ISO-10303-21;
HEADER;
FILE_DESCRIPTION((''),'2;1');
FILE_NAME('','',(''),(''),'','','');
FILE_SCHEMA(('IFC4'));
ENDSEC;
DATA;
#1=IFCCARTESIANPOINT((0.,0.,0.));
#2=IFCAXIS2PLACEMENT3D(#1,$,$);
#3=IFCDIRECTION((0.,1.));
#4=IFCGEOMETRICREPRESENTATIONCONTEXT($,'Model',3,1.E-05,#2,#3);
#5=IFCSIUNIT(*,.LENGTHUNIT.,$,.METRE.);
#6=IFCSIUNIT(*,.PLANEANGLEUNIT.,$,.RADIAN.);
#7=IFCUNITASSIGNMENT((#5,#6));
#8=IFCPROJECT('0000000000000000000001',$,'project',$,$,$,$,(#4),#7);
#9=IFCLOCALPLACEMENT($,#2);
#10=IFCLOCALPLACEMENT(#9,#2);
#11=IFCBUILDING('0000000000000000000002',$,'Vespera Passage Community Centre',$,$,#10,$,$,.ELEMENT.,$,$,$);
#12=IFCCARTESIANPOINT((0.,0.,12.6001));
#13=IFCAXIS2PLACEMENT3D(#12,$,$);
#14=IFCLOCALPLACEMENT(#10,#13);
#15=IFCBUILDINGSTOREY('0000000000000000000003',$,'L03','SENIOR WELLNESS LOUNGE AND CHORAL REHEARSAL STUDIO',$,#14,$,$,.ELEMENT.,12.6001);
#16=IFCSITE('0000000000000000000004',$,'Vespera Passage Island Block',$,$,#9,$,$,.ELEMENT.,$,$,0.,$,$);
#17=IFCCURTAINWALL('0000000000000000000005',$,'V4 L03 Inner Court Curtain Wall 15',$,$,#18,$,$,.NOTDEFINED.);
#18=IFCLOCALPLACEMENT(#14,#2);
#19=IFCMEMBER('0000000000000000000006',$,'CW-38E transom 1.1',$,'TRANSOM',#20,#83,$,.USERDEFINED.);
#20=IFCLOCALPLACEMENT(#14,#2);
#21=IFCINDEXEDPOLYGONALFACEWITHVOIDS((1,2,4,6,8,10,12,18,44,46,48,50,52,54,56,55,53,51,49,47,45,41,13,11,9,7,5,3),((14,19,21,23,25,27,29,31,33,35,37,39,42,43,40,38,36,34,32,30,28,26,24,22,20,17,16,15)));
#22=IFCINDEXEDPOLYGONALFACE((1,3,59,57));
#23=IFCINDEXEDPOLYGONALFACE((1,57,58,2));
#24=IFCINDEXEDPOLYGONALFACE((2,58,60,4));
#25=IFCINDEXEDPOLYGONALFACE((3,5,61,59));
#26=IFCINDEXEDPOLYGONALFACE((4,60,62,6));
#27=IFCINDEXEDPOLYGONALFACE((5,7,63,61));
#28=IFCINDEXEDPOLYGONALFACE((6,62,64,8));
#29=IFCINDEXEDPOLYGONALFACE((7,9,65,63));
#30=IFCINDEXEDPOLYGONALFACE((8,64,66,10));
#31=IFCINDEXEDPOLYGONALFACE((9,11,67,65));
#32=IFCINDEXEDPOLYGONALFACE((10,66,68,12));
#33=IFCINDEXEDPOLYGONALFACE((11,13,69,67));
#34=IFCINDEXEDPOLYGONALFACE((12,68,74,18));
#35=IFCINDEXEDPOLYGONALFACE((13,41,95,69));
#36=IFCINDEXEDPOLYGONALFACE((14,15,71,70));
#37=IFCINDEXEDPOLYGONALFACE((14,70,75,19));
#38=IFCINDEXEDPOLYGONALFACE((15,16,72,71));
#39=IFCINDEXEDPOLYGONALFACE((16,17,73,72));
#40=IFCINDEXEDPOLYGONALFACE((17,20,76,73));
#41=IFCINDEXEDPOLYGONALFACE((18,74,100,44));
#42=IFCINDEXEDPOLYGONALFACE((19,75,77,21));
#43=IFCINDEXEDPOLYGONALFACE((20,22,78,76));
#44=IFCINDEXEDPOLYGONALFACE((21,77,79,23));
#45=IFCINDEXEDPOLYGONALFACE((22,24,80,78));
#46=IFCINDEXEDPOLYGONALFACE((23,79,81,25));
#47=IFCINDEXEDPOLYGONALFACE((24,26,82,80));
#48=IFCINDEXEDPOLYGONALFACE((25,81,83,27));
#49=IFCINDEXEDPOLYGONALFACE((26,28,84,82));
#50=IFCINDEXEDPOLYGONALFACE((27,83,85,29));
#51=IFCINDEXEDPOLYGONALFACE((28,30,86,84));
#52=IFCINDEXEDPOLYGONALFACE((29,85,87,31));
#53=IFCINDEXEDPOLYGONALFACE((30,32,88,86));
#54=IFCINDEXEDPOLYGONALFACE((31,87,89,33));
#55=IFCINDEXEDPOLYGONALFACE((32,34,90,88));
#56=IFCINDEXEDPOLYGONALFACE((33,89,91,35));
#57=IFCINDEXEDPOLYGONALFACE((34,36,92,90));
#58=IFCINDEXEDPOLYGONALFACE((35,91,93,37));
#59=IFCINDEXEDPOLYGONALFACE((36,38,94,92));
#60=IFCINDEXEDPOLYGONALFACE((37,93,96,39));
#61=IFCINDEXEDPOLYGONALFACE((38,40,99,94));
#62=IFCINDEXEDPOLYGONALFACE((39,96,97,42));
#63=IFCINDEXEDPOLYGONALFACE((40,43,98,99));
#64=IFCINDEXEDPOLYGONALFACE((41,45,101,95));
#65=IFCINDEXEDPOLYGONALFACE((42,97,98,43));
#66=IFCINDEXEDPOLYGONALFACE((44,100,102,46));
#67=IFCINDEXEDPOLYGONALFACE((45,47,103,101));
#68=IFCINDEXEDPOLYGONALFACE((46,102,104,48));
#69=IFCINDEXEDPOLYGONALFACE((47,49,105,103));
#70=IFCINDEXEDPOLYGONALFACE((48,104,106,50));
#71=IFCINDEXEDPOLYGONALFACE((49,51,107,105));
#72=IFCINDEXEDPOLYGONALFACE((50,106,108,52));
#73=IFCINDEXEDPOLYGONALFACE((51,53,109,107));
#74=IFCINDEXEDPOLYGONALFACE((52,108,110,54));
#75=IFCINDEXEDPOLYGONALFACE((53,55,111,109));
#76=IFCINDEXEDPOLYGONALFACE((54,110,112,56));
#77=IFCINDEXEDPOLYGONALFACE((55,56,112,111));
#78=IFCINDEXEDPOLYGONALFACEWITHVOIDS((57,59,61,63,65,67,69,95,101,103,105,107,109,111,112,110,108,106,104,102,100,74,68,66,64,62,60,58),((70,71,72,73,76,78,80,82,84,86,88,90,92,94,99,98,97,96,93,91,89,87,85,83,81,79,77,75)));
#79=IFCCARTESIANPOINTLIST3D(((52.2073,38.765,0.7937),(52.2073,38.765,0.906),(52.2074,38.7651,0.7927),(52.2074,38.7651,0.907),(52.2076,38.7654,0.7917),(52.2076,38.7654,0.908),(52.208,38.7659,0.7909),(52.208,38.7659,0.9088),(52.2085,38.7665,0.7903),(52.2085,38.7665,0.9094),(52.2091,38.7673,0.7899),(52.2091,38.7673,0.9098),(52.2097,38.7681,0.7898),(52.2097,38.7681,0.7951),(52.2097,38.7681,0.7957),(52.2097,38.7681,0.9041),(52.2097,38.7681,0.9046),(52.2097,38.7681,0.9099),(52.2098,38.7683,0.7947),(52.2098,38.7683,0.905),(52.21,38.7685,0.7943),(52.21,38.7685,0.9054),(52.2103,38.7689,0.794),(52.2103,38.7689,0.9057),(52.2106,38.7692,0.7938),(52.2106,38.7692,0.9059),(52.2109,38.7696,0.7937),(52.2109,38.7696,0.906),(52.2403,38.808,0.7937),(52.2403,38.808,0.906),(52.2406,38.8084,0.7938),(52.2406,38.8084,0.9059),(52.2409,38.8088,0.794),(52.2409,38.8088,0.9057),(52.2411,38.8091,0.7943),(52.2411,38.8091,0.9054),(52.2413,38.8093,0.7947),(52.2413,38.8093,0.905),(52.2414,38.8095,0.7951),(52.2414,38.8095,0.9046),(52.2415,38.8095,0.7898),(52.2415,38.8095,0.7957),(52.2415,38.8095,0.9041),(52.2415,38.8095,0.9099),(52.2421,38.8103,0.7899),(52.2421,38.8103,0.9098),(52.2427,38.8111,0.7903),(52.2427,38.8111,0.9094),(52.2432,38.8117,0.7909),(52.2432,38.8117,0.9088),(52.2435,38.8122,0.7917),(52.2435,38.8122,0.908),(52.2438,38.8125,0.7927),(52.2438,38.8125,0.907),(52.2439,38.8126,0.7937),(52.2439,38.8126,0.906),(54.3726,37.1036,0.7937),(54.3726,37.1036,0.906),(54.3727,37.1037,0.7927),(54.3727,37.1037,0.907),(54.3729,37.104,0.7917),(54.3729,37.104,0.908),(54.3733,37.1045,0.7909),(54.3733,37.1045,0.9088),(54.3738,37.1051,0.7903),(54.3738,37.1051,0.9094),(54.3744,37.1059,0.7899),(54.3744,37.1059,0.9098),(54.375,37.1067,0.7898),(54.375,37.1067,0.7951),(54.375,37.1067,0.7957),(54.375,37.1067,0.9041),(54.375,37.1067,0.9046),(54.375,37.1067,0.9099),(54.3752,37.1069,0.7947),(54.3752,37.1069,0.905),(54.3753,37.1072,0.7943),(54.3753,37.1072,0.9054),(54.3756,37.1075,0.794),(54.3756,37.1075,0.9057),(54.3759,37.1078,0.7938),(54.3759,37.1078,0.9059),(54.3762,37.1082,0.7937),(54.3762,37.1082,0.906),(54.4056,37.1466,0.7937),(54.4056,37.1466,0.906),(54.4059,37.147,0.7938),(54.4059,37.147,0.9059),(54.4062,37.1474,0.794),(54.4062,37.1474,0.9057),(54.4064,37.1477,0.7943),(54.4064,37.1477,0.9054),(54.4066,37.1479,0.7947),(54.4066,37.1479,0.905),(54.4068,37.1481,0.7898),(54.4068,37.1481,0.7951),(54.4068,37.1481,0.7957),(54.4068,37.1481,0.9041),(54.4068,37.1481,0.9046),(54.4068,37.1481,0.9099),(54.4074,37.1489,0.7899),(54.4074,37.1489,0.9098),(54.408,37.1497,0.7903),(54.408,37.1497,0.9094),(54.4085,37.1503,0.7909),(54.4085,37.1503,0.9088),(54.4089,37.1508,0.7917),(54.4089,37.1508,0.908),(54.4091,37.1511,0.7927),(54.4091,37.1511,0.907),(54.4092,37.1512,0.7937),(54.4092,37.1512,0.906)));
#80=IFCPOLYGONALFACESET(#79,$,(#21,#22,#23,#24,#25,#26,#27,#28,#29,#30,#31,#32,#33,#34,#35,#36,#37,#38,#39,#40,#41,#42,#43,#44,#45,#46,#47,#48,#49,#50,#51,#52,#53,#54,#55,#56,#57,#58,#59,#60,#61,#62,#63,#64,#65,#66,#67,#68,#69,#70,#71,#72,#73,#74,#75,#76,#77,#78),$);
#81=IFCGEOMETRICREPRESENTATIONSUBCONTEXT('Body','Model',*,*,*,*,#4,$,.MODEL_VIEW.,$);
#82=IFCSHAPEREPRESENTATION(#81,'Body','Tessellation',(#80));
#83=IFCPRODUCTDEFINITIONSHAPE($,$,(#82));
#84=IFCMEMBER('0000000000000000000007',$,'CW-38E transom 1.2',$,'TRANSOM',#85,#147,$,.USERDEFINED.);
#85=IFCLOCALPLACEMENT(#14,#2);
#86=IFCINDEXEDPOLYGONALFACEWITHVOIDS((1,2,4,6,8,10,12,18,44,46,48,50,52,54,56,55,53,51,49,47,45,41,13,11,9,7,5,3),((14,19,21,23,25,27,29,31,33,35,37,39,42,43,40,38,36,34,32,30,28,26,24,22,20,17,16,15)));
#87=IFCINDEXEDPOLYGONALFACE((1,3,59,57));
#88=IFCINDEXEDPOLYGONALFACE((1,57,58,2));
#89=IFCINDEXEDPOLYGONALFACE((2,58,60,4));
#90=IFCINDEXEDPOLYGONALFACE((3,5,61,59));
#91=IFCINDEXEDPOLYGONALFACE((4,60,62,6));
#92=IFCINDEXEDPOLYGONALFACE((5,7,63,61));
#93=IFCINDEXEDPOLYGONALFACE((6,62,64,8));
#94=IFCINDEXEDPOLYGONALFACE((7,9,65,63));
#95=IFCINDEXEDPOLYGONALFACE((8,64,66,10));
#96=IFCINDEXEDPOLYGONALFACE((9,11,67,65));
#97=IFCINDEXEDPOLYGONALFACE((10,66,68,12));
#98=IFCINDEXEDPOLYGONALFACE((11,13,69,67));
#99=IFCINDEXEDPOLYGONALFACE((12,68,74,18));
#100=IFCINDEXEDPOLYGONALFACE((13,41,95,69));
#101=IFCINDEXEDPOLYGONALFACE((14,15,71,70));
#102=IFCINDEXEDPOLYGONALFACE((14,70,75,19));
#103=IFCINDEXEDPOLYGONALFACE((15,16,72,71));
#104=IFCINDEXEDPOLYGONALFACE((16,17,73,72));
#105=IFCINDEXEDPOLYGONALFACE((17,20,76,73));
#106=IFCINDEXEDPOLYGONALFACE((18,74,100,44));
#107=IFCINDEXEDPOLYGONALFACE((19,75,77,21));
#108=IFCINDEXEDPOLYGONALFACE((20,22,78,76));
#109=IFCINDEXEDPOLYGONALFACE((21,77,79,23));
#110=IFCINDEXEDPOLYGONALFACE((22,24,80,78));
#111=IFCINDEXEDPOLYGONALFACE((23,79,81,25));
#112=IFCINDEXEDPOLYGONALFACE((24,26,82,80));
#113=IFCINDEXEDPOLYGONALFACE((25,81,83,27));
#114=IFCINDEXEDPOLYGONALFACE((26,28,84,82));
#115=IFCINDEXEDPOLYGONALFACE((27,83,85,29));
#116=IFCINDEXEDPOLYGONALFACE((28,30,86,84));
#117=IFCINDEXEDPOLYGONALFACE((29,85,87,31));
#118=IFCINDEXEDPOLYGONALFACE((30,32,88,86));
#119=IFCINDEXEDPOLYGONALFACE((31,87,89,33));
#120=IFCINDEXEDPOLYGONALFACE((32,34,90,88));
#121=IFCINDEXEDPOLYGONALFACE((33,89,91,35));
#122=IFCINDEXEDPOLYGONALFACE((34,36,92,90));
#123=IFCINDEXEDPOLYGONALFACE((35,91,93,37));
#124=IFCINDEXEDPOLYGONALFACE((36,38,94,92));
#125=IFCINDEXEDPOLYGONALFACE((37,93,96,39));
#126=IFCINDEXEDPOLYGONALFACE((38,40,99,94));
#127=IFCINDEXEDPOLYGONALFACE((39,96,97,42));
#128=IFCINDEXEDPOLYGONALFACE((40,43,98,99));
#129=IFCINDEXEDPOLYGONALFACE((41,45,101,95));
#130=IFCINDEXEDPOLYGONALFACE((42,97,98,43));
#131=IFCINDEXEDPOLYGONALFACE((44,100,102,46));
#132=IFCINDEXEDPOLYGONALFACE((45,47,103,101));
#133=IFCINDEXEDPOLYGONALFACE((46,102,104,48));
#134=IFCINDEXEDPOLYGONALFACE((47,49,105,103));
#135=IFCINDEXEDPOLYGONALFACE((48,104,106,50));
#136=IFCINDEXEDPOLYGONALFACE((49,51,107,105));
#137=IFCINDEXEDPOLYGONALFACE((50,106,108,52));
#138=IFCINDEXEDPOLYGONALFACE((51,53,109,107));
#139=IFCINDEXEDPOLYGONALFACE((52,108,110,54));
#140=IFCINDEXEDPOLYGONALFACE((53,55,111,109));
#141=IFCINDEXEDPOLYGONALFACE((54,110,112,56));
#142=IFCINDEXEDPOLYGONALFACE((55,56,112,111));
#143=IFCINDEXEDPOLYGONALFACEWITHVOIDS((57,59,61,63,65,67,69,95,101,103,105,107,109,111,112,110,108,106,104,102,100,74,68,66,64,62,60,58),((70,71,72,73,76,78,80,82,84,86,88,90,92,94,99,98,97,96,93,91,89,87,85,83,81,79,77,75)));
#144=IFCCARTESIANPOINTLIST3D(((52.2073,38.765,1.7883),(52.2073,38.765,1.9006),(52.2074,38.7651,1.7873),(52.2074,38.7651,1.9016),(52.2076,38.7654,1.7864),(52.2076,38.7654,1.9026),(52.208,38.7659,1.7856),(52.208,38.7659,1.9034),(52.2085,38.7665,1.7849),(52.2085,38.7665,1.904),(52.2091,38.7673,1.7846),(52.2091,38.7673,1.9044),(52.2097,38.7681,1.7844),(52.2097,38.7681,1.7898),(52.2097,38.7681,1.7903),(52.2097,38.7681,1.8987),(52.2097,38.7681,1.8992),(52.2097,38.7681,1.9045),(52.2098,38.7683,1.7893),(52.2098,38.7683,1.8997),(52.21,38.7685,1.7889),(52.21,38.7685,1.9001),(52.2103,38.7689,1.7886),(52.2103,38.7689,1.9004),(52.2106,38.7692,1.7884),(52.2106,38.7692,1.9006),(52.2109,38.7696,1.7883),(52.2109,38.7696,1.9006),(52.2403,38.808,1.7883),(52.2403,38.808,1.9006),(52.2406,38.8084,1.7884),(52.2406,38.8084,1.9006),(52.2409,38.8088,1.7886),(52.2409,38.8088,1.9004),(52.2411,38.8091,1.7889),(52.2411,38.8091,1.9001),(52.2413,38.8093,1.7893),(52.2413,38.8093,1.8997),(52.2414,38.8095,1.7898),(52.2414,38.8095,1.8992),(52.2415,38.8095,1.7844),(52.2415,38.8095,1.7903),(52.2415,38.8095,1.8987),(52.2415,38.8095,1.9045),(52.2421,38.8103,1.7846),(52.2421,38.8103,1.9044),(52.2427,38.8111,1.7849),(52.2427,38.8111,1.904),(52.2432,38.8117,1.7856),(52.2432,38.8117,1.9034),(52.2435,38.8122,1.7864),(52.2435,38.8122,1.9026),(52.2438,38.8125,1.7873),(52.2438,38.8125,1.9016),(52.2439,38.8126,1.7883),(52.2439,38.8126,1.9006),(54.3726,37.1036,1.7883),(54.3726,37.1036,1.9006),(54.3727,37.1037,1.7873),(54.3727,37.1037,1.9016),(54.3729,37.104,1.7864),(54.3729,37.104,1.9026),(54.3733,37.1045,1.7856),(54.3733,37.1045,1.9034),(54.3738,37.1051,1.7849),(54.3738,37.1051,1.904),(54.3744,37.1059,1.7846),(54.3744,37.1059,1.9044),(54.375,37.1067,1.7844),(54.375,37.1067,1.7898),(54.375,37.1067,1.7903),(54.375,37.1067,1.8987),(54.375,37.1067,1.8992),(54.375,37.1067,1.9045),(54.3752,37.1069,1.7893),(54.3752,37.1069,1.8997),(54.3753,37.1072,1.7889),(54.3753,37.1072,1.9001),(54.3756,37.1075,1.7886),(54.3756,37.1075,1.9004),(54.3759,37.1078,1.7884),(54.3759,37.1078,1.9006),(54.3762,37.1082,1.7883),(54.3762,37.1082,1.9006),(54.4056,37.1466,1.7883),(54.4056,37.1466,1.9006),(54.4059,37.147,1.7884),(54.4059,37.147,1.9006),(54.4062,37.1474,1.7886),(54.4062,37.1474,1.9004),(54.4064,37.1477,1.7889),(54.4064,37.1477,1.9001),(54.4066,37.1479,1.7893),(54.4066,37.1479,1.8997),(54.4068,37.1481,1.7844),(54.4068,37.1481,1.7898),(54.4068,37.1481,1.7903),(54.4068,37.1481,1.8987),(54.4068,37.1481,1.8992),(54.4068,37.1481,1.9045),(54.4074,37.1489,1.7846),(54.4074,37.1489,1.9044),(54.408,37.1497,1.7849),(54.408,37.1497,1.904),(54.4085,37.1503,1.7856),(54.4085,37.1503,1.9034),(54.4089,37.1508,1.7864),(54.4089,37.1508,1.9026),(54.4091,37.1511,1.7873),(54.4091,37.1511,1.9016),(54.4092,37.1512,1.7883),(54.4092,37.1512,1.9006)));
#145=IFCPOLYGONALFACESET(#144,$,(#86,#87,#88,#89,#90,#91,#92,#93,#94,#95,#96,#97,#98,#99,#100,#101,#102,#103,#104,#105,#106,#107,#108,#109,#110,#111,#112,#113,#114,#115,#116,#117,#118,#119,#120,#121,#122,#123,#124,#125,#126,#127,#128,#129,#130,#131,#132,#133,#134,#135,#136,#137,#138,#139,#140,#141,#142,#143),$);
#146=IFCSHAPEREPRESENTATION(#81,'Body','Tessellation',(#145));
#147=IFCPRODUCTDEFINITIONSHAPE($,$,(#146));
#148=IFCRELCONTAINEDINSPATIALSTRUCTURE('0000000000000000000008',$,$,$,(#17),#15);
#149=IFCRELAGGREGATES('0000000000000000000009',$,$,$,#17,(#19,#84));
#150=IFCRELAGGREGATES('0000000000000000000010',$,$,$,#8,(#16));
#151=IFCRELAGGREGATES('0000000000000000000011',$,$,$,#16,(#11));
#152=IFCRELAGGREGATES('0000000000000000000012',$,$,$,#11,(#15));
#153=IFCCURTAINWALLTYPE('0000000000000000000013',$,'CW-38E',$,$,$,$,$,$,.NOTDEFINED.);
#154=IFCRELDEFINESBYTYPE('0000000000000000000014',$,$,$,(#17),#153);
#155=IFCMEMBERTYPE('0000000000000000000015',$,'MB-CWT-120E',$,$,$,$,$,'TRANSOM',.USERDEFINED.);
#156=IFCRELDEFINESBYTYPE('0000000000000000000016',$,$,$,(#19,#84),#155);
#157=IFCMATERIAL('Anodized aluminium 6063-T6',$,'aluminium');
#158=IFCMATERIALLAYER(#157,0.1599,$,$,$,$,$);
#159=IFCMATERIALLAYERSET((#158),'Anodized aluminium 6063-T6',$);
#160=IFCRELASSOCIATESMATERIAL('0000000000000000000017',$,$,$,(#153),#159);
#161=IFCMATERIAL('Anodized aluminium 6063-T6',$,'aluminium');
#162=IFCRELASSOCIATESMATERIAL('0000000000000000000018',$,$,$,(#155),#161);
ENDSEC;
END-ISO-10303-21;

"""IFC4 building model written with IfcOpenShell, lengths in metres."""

from ifc_helpers import new_model, si_unit, direction, frame, origin, origin_2d, place, context, subcontext, project, spatial, hollow_rectangle, extrude, material, layer, layer_set, material_profile, profile_set, type_object, element, aggregate, save


model = new_model("IFC4")

# Units and contexts
model_context = context("Model", 3, precision=1e-05, world=origin(), true_north=direction((0.0, 1.0)))
body_context = subcontext(model_context, "Body", "Model", "MODEL_VIEW")
ifc_project = project(units=[si_unit("LENGTHUNIT", "METRE"), si_unit("PLANEANGLEUNIT", "RADIAN")], contexts=[model_context])

# Site, building, storey
site_placement = place(None, origin())
site = spatial("IfcSite", under=ifc_project, at=site_placement, Name="Vespera Passage Island Block", CompositionType="ELEMENT", RefElevation=0.0)
building_placement = place(site_placement, origin())
building = spatial("IfcBuilding", under=site, at=building_placement, Name="Vespera Passage Community Centre", CompositionType="ELEMENT")
storey_placement = place(building_placement, frame((0.0, 0.0, 12.6001)))
storey = spatial("IfcBuildingStorey", under=building, at=storey_placement, Name="L03", Description="SENIOR WELLNESS LOUNGE AND CHORAL REHEARSAL STUDIO", CompositionType="ELEMENT", Elevation=12.6001)

# Curtain wall
ifc_material_1 = material(Name="Anodized aluminium 6063-T6", Category="aluminium")
ifc_layer_1 = layer(ifc_material_1, 0.1599)
ifc_layer_set_1 = layer_set([ifc_layer_1], Name="Anodized aluminium 6063-T6")
curtain_wall_type_1 = type_object("IfcCurtainWallType", Name="CW-38E", PredefinedType="NOTDEFINED", material=ifc_layer_set_1)
curtain_wall_1_placement = place(storey_placement, origin())
curtain_wall_1 = element("IfcCurtainWall", 1, at=curtain_wall_1_placement, inside=storey, type_object=curtain_wall_type_1, Name="V4 L03 Inner Court Curtain Wall 15", PredefinedType="NOTDEFINED")

# Members
ifc_material_2 = material(Name="Anodized aluminium 6063-T6", Category="aluminium")
ifc_material_profile_1 = material_profile(ifc_material_2, hollow_rectangle(XDim=0.0601, YDim=0.1201, WallThickness=0.0039, InnerFilletRadius=0.002, OuterFilletRadius=0.0039, at=origin_2d()), Name="ALU120X60X4")
ifc_profile_set_1 = profile_set([ifc_material_profile_1], Name="Anodized aluminium 6063-T6")
member_type_1 = type_object("IfcMemberType", Name="MB-CWT-120E", ElementType="TRANSOM", PredefinedType="USERDEFINED", material=ifc_profile_set_1)
member_1_placement = place(storey_placement, frame((52.2256, 38.7888, 0.8499), z_axis=(0.793372, -0.608738, 0.0), x_axis=(0.608738, 0.793372, 0.0)))
member_1 = element("IfcMember", 2, at=member_1_placement, type_object=member_type_1, Name="CW-38E transom 1.1", ObjectType="TRANSOM", PredefinedType="USERDEFINED", context=body_context, shape_type="SweptSolid", body=[
    extrude(hollow_rectangle(XDim=0.0601, YDim=0.1201, WallThickness=0.0039, InnerFilletRadius=0.002, OuterFilletRadius=0.0039, at=origin_2d()), origin(), (0.0, 0.0, 1.0), 2.7292),
])
member_2_placement = place(storey_placement, frame((52.2256, 38.7888, 1.8445), z_axis=(0.793372, -0.608738, 0.0), x_axis=(0.608738, 0.793372, 0.0)))
member_2 = element("IfcMember", 3, at=member_2_placement, type_object=member_type_1, Name="CW-38E transom 1.2", ObjectType="TRANSOM", PredefinedType="USERDEFINED", context=body_context, shape_type="SweptSolid", body=[
    extrude(hollow_rectangle(XDim=0.0601, YDim=0.1201, WallThickness=0.0039, InnerFilletRadius=0.002, OuterFilletRadius=0.0039, at=origin_2d()), origin(), (0.0, 0.0, 1.0), 2.7292),
])

aggregate(curtain_wall_1, [member_1, member_2])

save(model, "model.ifc")
